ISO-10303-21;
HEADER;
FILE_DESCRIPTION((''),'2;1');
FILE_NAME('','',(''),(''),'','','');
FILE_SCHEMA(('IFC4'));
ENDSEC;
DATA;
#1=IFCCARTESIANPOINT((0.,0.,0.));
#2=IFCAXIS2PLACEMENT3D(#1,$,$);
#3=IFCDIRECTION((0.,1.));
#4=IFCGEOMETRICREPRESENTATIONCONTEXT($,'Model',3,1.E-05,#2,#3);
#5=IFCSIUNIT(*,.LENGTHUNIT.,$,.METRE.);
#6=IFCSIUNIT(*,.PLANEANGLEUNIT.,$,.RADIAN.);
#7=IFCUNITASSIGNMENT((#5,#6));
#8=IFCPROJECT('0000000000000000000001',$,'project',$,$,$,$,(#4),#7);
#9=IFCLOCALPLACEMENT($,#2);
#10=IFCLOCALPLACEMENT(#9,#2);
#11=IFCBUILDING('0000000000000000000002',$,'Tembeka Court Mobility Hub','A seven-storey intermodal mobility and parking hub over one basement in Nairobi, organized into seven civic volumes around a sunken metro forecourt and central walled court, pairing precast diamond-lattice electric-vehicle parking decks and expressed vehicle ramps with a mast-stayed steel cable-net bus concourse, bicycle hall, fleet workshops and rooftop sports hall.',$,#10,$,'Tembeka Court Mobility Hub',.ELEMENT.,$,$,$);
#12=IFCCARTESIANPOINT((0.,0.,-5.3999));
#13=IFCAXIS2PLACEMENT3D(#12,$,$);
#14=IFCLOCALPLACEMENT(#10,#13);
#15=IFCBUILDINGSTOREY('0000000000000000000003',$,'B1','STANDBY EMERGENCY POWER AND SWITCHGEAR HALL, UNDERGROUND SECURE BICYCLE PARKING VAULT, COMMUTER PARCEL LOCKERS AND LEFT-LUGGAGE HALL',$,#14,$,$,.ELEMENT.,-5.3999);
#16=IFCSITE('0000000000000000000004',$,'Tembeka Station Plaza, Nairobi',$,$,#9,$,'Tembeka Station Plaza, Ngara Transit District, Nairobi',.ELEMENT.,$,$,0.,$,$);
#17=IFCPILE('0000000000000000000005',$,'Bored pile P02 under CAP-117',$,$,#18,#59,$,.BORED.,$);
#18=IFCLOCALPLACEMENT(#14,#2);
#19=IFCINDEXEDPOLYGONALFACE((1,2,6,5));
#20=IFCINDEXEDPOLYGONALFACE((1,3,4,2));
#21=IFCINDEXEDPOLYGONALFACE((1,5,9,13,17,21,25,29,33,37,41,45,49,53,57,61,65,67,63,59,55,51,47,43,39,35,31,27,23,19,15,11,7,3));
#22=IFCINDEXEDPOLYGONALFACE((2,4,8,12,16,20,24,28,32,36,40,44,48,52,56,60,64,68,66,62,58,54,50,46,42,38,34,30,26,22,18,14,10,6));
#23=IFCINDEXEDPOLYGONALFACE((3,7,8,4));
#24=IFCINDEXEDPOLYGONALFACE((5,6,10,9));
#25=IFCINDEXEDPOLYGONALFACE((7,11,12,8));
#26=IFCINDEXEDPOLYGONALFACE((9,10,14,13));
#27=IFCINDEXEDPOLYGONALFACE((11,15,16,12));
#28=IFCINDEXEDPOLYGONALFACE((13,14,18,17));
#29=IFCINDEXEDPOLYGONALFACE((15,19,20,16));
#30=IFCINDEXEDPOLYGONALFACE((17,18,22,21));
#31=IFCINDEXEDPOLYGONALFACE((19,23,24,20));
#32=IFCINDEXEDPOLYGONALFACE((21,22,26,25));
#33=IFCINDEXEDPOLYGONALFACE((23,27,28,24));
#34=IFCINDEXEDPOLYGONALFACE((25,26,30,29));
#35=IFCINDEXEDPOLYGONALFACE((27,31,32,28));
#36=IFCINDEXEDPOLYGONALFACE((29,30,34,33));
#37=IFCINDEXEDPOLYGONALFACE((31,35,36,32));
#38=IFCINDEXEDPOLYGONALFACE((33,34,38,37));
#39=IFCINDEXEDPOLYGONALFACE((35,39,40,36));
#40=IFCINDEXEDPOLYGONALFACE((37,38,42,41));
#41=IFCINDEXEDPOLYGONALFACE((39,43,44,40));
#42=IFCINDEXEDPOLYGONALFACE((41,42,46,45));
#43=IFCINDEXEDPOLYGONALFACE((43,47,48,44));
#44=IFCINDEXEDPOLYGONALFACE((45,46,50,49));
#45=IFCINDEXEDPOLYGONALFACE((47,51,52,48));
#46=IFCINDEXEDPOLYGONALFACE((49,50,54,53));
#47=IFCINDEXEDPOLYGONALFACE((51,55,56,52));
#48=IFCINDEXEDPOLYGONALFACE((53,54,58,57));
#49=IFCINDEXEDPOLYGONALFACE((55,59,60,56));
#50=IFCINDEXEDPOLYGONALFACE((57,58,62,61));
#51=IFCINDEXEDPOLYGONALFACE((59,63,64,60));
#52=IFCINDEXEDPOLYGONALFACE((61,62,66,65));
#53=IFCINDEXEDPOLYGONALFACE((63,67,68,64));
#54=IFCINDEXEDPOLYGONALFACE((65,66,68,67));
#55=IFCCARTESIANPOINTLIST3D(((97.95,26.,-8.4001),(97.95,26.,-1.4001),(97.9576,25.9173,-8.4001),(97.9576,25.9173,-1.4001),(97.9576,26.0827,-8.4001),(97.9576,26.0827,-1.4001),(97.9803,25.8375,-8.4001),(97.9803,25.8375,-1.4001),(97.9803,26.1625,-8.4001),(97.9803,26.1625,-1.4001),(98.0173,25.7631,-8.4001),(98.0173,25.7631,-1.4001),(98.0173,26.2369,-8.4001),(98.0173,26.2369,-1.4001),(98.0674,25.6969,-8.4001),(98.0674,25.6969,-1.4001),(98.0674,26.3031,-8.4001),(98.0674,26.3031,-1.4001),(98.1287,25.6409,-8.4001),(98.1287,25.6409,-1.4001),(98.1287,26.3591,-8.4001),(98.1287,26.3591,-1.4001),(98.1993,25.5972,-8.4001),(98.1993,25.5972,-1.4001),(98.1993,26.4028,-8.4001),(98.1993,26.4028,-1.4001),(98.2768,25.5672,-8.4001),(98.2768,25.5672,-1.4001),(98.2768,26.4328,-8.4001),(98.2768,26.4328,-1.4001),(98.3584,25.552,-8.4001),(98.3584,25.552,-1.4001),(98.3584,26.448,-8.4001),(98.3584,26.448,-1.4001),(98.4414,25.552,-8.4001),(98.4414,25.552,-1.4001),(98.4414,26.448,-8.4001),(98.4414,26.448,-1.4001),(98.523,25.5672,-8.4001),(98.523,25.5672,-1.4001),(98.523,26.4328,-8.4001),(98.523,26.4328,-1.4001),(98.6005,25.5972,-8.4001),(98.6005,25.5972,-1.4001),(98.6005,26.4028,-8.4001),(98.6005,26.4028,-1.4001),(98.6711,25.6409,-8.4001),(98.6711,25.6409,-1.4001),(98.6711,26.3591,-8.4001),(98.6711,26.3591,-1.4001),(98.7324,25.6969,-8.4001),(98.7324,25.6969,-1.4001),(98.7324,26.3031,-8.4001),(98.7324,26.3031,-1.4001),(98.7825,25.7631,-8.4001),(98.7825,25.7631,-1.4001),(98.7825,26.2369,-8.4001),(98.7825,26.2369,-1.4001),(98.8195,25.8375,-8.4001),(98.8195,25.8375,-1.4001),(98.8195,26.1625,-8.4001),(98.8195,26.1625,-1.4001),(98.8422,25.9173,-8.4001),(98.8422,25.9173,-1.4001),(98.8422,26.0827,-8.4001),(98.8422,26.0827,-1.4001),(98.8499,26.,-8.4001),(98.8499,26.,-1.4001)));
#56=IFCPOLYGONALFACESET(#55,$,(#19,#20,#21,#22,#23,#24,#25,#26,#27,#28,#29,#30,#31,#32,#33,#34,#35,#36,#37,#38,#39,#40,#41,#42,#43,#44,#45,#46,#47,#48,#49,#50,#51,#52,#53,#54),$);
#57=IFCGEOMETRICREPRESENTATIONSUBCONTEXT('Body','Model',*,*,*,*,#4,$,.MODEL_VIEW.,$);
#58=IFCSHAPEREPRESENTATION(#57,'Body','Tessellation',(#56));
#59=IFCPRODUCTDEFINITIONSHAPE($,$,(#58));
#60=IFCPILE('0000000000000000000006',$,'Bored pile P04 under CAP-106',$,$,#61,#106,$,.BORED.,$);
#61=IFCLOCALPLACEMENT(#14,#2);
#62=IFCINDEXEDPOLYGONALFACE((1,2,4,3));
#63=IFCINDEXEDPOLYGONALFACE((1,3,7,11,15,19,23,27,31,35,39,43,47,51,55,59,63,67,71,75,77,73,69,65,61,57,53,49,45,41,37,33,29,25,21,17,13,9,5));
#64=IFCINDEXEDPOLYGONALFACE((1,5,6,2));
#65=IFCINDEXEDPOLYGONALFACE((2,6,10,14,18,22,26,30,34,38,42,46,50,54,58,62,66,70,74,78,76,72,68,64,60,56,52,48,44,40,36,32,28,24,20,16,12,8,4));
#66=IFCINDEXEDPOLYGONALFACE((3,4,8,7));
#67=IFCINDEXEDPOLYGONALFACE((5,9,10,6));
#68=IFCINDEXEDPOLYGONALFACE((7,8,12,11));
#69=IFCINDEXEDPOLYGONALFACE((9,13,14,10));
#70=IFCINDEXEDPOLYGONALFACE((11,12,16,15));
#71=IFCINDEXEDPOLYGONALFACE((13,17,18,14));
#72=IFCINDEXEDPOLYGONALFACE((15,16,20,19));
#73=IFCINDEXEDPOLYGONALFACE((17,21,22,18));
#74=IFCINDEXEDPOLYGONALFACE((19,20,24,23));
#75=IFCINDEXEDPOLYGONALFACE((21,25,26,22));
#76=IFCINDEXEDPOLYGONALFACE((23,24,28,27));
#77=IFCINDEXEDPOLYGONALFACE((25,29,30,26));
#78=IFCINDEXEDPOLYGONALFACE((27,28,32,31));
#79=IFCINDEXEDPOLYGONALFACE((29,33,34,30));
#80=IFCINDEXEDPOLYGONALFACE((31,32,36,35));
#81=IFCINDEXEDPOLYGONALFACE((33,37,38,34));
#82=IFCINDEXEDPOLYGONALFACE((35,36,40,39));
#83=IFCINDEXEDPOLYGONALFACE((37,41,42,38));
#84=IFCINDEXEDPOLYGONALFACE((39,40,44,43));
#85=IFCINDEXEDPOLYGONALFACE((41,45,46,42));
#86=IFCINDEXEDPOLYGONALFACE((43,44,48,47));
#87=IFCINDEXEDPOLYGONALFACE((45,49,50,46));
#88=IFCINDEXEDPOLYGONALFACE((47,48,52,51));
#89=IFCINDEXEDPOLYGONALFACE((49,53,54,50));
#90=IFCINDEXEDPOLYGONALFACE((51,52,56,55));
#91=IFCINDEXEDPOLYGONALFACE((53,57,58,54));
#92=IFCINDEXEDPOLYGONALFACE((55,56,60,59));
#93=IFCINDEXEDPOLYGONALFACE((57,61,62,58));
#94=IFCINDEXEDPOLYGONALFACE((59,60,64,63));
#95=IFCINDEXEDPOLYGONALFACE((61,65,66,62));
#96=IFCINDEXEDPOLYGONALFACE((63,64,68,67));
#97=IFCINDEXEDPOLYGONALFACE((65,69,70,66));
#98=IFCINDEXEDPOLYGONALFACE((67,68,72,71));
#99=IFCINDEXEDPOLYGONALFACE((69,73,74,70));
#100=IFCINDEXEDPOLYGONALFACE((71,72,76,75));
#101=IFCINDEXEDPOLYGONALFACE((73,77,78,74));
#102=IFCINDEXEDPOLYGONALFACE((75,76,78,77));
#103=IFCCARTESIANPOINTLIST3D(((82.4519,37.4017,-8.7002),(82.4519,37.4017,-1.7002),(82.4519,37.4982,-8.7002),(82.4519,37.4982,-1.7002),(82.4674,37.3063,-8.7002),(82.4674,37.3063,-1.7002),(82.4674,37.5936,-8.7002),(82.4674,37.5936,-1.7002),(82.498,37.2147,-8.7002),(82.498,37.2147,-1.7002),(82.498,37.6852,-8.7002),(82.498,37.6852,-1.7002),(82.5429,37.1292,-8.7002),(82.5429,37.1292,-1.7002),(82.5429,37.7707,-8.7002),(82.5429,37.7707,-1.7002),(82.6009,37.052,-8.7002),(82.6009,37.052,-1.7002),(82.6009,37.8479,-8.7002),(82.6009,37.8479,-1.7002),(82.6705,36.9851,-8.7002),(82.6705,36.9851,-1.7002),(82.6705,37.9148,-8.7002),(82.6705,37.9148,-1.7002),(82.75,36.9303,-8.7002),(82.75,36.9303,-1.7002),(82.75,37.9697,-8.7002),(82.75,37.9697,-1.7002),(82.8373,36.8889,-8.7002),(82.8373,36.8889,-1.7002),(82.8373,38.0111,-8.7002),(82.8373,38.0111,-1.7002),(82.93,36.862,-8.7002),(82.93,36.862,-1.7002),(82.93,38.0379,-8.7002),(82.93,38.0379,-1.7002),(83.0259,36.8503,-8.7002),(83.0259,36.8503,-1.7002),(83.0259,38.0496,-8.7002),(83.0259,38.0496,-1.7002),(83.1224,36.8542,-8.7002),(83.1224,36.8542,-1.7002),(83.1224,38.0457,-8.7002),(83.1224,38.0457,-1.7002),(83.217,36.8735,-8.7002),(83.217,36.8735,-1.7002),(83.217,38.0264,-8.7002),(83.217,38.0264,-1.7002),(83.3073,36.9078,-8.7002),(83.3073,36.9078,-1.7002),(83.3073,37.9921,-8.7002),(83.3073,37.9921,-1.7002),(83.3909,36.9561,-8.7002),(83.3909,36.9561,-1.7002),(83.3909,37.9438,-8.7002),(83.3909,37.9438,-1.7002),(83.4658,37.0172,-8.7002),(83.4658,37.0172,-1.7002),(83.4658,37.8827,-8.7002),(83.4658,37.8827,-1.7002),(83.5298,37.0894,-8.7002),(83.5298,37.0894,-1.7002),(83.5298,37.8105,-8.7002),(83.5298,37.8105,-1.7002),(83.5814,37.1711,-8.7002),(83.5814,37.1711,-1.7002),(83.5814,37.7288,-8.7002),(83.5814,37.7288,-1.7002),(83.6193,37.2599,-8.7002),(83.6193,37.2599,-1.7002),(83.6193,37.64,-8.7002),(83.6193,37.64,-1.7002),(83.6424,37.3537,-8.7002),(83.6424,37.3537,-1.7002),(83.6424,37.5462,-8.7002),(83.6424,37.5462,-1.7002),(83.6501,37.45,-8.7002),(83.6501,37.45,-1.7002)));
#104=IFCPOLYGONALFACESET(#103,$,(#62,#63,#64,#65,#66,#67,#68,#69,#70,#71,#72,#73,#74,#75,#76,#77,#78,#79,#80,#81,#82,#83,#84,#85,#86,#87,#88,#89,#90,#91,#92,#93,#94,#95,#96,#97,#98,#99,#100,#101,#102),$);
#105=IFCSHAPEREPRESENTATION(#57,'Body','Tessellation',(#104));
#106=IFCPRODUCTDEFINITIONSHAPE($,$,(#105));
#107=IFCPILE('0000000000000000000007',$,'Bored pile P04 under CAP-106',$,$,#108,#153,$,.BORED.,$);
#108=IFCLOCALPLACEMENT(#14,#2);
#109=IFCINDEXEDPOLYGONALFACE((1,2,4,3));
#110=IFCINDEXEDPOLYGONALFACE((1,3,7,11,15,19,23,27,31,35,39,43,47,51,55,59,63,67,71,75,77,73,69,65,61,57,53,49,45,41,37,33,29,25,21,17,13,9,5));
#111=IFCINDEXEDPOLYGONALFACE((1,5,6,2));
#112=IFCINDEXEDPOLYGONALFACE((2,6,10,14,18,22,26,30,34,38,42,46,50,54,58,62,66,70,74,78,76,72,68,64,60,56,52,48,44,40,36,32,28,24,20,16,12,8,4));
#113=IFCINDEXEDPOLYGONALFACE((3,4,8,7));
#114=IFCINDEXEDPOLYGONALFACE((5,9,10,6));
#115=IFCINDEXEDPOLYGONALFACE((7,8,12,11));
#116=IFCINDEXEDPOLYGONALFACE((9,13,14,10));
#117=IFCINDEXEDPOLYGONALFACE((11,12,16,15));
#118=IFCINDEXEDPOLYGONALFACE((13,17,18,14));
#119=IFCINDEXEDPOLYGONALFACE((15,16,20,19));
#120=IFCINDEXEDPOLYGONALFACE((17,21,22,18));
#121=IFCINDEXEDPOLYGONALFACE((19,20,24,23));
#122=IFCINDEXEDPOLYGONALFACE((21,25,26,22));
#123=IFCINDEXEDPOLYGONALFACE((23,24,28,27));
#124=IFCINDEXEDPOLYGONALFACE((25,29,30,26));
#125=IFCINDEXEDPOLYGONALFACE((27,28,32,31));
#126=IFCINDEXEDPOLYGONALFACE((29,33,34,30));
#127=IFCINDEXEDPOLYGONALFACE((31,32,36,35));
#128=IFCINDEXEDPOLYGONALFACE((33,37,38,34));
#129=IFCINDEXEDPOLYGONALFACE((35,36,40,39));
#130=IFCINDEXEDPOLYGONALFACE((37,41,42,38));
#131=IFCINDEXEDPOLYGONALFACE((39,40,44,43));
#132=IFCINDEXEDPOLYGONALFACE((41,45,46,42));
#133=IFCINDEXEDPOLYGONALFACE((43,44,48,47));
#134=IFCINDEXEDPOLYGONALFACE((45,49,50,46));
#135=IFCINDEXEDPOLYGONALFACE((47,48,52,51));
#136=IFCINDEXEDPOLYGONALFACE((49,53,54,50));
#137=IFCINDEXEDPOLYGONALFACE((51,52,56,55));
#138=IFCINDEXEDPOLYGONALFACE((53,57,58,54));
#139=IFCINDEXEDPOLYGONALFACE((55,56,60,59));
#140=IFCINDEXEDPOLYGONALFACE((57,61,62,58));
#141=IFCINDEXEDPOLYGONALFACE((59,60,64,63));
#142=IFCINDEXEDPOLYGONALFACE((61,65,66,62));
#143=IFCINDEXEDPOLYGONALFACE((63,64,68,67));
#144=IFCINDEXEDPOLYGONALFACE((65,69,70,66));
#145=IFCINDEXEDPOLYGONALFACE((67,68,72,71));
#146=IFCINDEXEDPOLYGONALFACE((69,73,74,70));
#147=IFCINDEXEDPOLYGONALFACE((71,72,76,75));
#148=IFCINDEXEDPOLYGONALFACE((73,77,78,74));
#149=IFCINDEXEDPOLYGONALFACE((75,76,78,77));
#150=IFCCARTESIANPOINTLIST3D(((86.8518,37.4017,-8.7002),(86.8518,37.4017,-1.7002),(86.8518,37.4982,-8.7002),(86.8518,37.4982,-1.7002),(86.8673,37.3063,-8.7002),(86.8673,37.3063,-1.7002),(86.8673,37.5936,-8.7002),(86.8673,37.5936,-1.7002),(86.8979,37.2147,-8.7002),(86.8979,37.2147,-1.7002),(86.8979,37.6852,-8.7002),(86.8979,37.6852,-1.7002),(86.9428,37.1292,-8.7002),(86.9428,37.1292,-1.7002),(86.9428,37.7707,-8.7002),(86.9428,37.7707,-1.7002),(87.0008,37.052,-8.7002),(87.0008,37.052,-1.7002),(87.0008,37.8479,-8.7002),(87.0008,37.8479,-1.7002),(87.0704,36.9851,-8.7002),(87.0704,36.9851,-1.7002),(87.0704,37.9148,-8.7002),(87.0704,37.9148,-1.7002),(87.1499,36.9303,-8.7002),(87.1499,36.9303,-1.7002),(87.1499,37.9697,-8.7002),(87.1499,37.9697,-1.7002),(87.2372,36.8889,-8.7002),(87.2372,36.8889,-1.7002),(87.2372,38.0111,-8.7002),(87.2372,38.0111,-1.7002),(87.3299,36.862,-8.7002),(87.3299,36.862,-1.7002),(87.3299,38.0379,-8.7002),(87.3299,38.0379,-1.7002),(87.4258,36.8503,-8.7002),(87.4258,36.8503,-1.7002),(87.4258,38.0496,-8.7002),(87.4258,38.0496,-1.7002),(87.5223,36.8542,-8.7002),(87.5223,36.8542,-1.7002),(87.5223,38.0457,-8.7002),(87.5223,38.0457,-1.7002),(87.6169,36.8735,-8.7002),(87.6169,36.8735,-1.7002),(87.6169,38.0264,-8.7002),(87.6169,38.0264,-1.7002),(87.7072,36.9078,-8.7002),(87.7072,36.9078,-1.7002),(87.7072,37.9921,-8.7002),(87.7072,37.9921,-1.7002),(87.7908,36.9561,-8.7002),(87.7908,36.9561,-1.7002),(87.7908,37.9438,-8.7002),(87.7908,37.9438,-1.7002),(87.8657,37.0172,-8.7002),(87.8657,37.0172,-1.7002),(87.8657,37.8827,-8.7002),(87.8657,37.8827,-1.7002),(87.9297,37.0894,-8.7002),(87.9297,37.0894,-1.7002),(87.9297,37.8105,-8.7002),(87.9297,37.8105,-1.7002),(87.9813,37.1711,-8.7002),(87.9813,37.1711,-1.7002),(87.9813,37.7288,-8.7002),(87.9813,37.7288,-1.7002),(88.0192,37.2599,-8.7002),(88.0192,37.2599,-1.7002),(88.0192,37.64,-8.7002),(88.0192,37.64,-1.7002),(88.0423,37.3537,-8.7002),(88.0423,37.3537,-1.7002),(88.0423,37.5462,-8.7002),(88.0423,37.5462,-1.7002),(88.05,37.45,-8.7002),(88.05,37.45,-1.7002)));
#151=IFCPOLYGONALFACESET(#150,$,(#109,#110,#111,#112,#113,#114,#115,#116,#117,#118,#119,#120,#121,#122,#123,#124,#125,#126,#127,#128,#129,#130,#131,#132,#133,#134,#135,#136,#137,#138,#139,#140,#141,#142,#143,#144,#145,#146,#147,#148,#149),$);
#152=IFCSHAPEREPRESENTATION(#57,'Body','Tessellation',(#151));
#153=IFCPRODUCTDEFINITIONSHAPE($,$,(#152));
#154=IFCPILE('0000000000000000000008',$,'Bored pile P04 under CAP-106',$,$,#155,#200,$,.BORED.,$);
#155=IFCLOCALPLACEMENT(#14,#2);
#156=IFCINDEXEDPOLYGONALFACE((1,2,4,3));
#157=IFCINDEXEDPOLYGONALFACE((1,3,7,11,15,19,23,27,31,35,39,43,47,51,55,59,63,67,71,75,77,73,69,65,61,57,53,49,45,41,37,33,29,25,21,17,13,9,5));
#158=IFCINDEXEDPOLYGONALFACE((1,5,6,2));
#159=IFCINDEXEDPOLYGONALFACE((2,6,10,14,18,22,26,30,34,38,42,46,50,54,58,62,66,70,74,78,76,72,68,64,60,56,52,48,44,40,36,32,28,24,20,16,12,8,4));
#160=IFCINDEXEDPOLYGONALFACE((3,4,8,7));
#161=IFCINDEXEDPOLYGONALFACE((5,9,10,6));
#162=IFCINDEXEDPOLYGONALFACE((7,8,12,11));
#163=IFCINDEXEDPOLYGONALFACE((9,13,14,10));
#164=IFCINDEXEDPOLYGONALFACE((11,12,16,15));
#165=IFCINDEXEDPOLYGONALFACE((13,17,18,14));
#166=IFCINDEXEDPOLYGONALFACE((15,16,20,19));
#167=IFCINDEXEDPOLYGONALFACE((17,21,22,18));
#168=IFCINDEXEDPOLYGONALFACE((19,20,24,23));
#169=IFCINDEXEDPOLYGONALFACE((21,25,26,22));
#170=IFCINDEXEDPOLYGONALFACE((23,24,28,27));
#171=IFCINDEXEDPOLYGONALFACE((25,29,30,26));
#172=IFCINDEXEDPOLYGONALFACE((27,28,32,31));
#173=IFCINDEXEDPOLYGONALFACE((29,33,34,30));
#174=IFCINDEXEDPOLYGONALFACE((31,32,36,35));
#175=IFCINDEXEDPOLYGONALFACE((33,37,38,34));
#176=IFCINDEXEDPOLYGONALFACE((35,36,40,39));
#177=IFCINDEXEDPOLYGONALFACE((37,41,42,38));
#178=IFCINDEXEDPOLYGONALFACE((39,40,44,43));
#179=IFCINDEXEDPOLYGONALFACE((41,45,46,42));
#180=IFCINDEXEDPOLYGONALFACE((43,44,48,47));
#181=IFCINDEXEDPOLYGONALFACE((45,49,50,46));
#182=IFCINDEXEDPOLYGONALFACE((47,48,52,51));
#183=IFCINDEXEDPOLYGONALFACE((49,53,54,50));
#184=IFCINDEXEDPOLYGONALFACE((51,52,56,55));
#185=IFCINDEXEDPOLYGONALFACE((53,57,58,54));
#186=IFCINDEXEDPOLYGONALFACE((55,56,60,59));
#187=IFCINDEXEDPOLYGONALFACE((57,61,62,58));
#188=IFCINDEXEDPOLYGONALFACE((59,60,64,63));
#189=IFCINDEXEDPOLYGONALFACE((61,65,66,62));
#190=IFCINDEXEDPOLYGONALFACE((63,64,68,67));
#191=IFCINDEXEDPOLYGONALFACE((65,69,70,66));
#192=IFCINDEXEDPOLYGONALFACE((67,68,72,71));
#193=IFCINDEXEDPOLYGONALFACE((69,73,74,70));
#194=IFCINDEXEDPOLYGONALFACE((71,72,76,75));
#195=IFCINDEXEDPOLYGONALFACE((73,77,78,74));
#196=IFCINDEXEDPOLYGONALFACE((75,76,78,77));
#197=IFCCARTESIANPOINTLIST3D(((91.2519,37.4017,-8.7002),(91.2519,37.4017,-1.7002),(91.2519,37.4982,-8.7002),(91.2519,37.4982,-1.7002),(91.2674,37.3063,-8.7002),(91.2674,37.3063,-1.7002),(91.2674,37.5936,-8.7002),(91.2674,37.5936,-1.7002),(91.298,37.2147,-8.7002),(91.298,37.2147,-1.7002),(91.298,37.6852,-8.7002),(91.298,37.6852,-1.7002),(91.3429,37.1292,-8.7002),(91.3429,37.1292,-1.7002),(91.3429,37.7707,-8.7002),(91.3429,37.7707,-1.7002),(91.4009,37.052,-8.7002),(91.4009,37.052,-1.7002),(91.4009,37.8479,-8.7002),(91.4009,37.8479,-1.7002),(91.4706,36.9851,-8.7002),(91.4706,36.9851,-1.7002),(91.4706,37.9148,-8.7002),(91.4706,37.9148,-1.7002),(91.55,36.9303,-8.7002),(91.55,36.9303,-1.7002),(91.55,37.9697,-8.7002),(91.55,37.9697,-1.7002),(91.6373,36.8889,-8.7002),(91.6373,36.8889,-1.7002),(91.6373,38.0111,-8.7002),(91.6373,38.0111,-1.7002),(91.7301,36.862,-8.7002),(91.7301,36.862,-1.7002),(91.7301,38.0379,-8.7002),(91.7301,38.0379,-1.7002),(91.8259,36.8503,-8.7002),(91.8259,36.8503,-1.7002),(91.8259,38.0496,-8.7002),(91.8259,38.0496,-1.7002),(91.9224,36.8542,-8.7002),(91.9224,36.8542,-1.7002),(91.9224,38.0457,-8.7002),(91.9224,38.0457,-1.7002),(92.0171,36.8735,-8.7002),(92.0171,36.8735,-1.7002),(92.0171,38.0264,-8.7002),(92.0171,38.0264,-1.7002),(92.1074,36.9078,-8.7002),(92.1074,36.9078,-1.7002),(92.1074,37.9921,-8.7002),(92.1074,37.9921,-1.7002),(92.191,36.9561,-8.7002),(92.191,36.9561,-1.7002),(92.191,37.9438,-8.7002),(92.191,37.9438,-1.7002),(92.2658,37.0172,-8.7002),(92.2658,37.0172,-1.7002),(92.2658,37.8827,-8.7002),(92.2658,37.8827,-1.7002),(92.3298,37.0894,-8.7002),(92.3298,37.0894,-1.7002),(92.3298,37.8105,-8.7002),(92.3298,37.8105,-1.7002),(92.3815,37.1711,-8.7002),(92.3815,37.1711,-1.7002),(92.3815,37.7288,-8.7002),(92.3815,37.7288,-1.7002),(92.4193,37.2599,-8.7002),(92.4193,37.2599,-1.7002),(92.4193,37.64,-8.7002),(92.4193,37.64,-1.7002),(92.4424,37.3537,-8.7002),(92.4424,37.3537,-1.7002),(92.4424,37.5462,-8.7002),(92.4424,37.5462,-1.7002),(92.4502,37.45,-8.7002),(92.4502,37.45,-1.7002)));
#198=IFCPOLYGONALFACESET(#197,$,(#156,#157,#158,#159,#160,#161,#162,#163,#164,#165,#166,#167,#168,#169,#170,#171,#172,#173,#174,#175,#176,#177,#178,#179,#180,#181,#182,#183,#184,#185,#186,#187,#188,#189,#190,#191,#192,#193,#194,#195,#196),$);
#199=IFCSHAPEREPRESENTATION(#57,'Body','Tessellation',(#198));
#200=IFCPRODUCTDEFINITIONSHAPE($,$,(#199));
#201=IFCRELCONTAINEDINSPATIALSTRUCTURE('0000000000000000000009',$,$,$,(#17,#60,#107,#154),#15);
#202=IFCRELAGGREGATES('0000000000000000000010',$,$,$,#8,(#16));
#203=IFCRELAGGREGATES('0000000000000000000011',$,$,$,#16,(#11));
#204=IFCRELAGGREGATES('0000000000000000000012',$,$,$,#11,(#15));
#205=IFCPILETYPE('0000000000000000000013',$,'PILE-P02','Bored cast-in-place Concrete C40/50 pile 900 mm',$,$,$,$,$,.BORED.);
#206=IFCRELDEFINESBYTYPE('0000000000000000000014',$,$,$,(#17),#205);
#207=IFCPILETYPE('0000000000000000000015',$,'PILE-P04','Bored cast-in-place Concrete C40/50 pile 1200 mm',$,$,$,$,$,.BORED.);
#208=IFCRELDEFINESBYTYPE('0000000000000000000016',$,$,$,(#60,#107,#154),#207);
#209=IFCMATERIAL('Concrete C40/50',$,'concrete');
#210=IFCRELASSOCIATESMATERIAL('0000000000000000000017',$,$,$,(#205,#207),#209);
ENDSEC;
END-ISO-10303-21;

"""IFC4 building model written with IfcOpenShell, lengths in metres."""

from ifc_helpers import new_model, si_unit, direction, frame, origin, origin_2d, place, context, subcontext, project, spatial, circle, extrude, material, material_profile, profile_set, type_object, element, save


model = new_model("IFC4")

# Units and contexts
model_context = context("Model", 3, precision=1e-05, world=origin(), true_north=direction((0.0, 1.0)))
body_context = subcontext(model_context, "Body", "Model", "MODEL_VIEW")
ifc_project = project(units=[si_unit("LENGTHUNIT", "METRE"), si_unit("PLANEANGLEUNIT", "RADIAN")], contexts=[model_context])

# Site, building, storey
site_placement = place(None, origin())
site = spatial("IfcSite", under=ifc_project, at=site_placement, Name="Tembeka Station Plaza, Nairobi", LongName="Tembeka Station Plaza, Ngara Transit District, Nairobi", CompositionType="ELEMENT", RefElevation=0.0)
building_placement = place(site_placement, origin())
building = spatial("IfcBuilding", under=site, at=building_placement, Name="Tembeka Court Mobility Hub", Description="A seven-storey intermodal mobility and parking hub over one basement in Nairobi, organized into seven civic volumes around a sunken metro forecourt and central walled court, pairing precast diamond-lattice electric-vehicle parking decks and expressed vehicle ramps with a mast-stayed steel cable-net bus concourse, bicycle hall, fleet workshops and rooftop sports hall.", LongName="Tembeka Court Mobility Hub", CompositionType="ELEMENT")
storey_placement = place(building_placement, frame((0.0, 0.0, -5.3999)))
storey = spatial("IfcBuildingStorey", under=building, at=storey_placement, Name="B1", Description="STANDBY EMERGENCY POWER AND SWITCHGEAR HALL, UNDERGROUND SECURE BICYCLE PARKING VAULT, COMMUTER PARCEL LOCKERS AND LEFT-LUGGAGE HALL", CompositionType="ELEMENT", Elevation=-5.3999)

# Shared definitions
ifc_material_1 = material(Name="Concrete C40/50", Category="concrete")

# Piles
ifc_material_profile_1 = material_profile(ifc_material_1, circle(Radius=0.45, at=origin_2d()), Name="PILE D900")
ifc_profile_set_1 = profile_set([ifc_material_profile_1], Name="Concrete C40/50")
pile_type_1 = type_object("IfcPileType", Name="PILE-P02", Description="Bored cast-in-place Concrete C40/50 pile 900 mm", PredefinedType="BORED", material=ifc_profile_set_1)
for number, where, z_axis, x_axis, name in (
    (1, (98.3999, 26.0, -1.4001), (0.0, 0.0, -1.0), (1.0, 0.0, 0.0), "Bored pile P02 under CAP-117"),
):
    element("IfcPile", number, at=place(storey_placement, frame(where, z_axis=z_axis, x_axis=x_axis)), inside=storey, type_object=pile_type_1, Name=name, PredefinedType="BORED", context=body_context, shape_type="SweptSolid", body=[
        extrude(circle(Radius=0.45, at=origin_2d()), origin(), (0.0, 0.0, 1.0), 7.0),
    ])
ifc_material_profile_2 = material_profile(ifc_material_1, circle(Radius=0.6001, at=origin_2d()), Name="PILE D1200")
ifc_profile_set_2 = profile_set([ifc_material_profile_2], Name="Concrete C40/50")
pile_type_2 = type_object("IfcPileType", Name="PILE-P04", Description="Bored cast-in-place Concrete C40/50 pile 1200 mm", PredefinedType="BORED", material=ifc_profile_set_2)
for number, where, z_axis, x_axis, name in (
    (2, (83.05, 37.45, -1.7002), (0.0, 0.0, -1.0), (1.0, 0.0, 0.0), "Bored pile P04 under CAP-106"),
    (3, (87.45, 37.45, -1.7002), (0.0, 0.0, -1.0), (1.0, 0.0, 0.0), "Bored pile P04 under CAP-106"),
    (4, (91.8501, 37.45, -1.7002), (0.0, 0.0, -1.0), (1.0, 0.0, 0.0), "Bored pile P04 under CAP-106"),
):
    element("IfcPile", number, at=place(storey_placement, frame(where, z_axis=z_axis, x_axis=x_axis)), inside=storey, type_object=pile_type_2, Name=name, PredefinedType="BORED", context=body_context, shape_type="SweptSolid", body=[
        extrude(circle(Radius=0.6001, at=origin_2d()), origin(), (0.0, 0.0, 1.0), 7.0),
    ])

save(model, "model.ifc")
